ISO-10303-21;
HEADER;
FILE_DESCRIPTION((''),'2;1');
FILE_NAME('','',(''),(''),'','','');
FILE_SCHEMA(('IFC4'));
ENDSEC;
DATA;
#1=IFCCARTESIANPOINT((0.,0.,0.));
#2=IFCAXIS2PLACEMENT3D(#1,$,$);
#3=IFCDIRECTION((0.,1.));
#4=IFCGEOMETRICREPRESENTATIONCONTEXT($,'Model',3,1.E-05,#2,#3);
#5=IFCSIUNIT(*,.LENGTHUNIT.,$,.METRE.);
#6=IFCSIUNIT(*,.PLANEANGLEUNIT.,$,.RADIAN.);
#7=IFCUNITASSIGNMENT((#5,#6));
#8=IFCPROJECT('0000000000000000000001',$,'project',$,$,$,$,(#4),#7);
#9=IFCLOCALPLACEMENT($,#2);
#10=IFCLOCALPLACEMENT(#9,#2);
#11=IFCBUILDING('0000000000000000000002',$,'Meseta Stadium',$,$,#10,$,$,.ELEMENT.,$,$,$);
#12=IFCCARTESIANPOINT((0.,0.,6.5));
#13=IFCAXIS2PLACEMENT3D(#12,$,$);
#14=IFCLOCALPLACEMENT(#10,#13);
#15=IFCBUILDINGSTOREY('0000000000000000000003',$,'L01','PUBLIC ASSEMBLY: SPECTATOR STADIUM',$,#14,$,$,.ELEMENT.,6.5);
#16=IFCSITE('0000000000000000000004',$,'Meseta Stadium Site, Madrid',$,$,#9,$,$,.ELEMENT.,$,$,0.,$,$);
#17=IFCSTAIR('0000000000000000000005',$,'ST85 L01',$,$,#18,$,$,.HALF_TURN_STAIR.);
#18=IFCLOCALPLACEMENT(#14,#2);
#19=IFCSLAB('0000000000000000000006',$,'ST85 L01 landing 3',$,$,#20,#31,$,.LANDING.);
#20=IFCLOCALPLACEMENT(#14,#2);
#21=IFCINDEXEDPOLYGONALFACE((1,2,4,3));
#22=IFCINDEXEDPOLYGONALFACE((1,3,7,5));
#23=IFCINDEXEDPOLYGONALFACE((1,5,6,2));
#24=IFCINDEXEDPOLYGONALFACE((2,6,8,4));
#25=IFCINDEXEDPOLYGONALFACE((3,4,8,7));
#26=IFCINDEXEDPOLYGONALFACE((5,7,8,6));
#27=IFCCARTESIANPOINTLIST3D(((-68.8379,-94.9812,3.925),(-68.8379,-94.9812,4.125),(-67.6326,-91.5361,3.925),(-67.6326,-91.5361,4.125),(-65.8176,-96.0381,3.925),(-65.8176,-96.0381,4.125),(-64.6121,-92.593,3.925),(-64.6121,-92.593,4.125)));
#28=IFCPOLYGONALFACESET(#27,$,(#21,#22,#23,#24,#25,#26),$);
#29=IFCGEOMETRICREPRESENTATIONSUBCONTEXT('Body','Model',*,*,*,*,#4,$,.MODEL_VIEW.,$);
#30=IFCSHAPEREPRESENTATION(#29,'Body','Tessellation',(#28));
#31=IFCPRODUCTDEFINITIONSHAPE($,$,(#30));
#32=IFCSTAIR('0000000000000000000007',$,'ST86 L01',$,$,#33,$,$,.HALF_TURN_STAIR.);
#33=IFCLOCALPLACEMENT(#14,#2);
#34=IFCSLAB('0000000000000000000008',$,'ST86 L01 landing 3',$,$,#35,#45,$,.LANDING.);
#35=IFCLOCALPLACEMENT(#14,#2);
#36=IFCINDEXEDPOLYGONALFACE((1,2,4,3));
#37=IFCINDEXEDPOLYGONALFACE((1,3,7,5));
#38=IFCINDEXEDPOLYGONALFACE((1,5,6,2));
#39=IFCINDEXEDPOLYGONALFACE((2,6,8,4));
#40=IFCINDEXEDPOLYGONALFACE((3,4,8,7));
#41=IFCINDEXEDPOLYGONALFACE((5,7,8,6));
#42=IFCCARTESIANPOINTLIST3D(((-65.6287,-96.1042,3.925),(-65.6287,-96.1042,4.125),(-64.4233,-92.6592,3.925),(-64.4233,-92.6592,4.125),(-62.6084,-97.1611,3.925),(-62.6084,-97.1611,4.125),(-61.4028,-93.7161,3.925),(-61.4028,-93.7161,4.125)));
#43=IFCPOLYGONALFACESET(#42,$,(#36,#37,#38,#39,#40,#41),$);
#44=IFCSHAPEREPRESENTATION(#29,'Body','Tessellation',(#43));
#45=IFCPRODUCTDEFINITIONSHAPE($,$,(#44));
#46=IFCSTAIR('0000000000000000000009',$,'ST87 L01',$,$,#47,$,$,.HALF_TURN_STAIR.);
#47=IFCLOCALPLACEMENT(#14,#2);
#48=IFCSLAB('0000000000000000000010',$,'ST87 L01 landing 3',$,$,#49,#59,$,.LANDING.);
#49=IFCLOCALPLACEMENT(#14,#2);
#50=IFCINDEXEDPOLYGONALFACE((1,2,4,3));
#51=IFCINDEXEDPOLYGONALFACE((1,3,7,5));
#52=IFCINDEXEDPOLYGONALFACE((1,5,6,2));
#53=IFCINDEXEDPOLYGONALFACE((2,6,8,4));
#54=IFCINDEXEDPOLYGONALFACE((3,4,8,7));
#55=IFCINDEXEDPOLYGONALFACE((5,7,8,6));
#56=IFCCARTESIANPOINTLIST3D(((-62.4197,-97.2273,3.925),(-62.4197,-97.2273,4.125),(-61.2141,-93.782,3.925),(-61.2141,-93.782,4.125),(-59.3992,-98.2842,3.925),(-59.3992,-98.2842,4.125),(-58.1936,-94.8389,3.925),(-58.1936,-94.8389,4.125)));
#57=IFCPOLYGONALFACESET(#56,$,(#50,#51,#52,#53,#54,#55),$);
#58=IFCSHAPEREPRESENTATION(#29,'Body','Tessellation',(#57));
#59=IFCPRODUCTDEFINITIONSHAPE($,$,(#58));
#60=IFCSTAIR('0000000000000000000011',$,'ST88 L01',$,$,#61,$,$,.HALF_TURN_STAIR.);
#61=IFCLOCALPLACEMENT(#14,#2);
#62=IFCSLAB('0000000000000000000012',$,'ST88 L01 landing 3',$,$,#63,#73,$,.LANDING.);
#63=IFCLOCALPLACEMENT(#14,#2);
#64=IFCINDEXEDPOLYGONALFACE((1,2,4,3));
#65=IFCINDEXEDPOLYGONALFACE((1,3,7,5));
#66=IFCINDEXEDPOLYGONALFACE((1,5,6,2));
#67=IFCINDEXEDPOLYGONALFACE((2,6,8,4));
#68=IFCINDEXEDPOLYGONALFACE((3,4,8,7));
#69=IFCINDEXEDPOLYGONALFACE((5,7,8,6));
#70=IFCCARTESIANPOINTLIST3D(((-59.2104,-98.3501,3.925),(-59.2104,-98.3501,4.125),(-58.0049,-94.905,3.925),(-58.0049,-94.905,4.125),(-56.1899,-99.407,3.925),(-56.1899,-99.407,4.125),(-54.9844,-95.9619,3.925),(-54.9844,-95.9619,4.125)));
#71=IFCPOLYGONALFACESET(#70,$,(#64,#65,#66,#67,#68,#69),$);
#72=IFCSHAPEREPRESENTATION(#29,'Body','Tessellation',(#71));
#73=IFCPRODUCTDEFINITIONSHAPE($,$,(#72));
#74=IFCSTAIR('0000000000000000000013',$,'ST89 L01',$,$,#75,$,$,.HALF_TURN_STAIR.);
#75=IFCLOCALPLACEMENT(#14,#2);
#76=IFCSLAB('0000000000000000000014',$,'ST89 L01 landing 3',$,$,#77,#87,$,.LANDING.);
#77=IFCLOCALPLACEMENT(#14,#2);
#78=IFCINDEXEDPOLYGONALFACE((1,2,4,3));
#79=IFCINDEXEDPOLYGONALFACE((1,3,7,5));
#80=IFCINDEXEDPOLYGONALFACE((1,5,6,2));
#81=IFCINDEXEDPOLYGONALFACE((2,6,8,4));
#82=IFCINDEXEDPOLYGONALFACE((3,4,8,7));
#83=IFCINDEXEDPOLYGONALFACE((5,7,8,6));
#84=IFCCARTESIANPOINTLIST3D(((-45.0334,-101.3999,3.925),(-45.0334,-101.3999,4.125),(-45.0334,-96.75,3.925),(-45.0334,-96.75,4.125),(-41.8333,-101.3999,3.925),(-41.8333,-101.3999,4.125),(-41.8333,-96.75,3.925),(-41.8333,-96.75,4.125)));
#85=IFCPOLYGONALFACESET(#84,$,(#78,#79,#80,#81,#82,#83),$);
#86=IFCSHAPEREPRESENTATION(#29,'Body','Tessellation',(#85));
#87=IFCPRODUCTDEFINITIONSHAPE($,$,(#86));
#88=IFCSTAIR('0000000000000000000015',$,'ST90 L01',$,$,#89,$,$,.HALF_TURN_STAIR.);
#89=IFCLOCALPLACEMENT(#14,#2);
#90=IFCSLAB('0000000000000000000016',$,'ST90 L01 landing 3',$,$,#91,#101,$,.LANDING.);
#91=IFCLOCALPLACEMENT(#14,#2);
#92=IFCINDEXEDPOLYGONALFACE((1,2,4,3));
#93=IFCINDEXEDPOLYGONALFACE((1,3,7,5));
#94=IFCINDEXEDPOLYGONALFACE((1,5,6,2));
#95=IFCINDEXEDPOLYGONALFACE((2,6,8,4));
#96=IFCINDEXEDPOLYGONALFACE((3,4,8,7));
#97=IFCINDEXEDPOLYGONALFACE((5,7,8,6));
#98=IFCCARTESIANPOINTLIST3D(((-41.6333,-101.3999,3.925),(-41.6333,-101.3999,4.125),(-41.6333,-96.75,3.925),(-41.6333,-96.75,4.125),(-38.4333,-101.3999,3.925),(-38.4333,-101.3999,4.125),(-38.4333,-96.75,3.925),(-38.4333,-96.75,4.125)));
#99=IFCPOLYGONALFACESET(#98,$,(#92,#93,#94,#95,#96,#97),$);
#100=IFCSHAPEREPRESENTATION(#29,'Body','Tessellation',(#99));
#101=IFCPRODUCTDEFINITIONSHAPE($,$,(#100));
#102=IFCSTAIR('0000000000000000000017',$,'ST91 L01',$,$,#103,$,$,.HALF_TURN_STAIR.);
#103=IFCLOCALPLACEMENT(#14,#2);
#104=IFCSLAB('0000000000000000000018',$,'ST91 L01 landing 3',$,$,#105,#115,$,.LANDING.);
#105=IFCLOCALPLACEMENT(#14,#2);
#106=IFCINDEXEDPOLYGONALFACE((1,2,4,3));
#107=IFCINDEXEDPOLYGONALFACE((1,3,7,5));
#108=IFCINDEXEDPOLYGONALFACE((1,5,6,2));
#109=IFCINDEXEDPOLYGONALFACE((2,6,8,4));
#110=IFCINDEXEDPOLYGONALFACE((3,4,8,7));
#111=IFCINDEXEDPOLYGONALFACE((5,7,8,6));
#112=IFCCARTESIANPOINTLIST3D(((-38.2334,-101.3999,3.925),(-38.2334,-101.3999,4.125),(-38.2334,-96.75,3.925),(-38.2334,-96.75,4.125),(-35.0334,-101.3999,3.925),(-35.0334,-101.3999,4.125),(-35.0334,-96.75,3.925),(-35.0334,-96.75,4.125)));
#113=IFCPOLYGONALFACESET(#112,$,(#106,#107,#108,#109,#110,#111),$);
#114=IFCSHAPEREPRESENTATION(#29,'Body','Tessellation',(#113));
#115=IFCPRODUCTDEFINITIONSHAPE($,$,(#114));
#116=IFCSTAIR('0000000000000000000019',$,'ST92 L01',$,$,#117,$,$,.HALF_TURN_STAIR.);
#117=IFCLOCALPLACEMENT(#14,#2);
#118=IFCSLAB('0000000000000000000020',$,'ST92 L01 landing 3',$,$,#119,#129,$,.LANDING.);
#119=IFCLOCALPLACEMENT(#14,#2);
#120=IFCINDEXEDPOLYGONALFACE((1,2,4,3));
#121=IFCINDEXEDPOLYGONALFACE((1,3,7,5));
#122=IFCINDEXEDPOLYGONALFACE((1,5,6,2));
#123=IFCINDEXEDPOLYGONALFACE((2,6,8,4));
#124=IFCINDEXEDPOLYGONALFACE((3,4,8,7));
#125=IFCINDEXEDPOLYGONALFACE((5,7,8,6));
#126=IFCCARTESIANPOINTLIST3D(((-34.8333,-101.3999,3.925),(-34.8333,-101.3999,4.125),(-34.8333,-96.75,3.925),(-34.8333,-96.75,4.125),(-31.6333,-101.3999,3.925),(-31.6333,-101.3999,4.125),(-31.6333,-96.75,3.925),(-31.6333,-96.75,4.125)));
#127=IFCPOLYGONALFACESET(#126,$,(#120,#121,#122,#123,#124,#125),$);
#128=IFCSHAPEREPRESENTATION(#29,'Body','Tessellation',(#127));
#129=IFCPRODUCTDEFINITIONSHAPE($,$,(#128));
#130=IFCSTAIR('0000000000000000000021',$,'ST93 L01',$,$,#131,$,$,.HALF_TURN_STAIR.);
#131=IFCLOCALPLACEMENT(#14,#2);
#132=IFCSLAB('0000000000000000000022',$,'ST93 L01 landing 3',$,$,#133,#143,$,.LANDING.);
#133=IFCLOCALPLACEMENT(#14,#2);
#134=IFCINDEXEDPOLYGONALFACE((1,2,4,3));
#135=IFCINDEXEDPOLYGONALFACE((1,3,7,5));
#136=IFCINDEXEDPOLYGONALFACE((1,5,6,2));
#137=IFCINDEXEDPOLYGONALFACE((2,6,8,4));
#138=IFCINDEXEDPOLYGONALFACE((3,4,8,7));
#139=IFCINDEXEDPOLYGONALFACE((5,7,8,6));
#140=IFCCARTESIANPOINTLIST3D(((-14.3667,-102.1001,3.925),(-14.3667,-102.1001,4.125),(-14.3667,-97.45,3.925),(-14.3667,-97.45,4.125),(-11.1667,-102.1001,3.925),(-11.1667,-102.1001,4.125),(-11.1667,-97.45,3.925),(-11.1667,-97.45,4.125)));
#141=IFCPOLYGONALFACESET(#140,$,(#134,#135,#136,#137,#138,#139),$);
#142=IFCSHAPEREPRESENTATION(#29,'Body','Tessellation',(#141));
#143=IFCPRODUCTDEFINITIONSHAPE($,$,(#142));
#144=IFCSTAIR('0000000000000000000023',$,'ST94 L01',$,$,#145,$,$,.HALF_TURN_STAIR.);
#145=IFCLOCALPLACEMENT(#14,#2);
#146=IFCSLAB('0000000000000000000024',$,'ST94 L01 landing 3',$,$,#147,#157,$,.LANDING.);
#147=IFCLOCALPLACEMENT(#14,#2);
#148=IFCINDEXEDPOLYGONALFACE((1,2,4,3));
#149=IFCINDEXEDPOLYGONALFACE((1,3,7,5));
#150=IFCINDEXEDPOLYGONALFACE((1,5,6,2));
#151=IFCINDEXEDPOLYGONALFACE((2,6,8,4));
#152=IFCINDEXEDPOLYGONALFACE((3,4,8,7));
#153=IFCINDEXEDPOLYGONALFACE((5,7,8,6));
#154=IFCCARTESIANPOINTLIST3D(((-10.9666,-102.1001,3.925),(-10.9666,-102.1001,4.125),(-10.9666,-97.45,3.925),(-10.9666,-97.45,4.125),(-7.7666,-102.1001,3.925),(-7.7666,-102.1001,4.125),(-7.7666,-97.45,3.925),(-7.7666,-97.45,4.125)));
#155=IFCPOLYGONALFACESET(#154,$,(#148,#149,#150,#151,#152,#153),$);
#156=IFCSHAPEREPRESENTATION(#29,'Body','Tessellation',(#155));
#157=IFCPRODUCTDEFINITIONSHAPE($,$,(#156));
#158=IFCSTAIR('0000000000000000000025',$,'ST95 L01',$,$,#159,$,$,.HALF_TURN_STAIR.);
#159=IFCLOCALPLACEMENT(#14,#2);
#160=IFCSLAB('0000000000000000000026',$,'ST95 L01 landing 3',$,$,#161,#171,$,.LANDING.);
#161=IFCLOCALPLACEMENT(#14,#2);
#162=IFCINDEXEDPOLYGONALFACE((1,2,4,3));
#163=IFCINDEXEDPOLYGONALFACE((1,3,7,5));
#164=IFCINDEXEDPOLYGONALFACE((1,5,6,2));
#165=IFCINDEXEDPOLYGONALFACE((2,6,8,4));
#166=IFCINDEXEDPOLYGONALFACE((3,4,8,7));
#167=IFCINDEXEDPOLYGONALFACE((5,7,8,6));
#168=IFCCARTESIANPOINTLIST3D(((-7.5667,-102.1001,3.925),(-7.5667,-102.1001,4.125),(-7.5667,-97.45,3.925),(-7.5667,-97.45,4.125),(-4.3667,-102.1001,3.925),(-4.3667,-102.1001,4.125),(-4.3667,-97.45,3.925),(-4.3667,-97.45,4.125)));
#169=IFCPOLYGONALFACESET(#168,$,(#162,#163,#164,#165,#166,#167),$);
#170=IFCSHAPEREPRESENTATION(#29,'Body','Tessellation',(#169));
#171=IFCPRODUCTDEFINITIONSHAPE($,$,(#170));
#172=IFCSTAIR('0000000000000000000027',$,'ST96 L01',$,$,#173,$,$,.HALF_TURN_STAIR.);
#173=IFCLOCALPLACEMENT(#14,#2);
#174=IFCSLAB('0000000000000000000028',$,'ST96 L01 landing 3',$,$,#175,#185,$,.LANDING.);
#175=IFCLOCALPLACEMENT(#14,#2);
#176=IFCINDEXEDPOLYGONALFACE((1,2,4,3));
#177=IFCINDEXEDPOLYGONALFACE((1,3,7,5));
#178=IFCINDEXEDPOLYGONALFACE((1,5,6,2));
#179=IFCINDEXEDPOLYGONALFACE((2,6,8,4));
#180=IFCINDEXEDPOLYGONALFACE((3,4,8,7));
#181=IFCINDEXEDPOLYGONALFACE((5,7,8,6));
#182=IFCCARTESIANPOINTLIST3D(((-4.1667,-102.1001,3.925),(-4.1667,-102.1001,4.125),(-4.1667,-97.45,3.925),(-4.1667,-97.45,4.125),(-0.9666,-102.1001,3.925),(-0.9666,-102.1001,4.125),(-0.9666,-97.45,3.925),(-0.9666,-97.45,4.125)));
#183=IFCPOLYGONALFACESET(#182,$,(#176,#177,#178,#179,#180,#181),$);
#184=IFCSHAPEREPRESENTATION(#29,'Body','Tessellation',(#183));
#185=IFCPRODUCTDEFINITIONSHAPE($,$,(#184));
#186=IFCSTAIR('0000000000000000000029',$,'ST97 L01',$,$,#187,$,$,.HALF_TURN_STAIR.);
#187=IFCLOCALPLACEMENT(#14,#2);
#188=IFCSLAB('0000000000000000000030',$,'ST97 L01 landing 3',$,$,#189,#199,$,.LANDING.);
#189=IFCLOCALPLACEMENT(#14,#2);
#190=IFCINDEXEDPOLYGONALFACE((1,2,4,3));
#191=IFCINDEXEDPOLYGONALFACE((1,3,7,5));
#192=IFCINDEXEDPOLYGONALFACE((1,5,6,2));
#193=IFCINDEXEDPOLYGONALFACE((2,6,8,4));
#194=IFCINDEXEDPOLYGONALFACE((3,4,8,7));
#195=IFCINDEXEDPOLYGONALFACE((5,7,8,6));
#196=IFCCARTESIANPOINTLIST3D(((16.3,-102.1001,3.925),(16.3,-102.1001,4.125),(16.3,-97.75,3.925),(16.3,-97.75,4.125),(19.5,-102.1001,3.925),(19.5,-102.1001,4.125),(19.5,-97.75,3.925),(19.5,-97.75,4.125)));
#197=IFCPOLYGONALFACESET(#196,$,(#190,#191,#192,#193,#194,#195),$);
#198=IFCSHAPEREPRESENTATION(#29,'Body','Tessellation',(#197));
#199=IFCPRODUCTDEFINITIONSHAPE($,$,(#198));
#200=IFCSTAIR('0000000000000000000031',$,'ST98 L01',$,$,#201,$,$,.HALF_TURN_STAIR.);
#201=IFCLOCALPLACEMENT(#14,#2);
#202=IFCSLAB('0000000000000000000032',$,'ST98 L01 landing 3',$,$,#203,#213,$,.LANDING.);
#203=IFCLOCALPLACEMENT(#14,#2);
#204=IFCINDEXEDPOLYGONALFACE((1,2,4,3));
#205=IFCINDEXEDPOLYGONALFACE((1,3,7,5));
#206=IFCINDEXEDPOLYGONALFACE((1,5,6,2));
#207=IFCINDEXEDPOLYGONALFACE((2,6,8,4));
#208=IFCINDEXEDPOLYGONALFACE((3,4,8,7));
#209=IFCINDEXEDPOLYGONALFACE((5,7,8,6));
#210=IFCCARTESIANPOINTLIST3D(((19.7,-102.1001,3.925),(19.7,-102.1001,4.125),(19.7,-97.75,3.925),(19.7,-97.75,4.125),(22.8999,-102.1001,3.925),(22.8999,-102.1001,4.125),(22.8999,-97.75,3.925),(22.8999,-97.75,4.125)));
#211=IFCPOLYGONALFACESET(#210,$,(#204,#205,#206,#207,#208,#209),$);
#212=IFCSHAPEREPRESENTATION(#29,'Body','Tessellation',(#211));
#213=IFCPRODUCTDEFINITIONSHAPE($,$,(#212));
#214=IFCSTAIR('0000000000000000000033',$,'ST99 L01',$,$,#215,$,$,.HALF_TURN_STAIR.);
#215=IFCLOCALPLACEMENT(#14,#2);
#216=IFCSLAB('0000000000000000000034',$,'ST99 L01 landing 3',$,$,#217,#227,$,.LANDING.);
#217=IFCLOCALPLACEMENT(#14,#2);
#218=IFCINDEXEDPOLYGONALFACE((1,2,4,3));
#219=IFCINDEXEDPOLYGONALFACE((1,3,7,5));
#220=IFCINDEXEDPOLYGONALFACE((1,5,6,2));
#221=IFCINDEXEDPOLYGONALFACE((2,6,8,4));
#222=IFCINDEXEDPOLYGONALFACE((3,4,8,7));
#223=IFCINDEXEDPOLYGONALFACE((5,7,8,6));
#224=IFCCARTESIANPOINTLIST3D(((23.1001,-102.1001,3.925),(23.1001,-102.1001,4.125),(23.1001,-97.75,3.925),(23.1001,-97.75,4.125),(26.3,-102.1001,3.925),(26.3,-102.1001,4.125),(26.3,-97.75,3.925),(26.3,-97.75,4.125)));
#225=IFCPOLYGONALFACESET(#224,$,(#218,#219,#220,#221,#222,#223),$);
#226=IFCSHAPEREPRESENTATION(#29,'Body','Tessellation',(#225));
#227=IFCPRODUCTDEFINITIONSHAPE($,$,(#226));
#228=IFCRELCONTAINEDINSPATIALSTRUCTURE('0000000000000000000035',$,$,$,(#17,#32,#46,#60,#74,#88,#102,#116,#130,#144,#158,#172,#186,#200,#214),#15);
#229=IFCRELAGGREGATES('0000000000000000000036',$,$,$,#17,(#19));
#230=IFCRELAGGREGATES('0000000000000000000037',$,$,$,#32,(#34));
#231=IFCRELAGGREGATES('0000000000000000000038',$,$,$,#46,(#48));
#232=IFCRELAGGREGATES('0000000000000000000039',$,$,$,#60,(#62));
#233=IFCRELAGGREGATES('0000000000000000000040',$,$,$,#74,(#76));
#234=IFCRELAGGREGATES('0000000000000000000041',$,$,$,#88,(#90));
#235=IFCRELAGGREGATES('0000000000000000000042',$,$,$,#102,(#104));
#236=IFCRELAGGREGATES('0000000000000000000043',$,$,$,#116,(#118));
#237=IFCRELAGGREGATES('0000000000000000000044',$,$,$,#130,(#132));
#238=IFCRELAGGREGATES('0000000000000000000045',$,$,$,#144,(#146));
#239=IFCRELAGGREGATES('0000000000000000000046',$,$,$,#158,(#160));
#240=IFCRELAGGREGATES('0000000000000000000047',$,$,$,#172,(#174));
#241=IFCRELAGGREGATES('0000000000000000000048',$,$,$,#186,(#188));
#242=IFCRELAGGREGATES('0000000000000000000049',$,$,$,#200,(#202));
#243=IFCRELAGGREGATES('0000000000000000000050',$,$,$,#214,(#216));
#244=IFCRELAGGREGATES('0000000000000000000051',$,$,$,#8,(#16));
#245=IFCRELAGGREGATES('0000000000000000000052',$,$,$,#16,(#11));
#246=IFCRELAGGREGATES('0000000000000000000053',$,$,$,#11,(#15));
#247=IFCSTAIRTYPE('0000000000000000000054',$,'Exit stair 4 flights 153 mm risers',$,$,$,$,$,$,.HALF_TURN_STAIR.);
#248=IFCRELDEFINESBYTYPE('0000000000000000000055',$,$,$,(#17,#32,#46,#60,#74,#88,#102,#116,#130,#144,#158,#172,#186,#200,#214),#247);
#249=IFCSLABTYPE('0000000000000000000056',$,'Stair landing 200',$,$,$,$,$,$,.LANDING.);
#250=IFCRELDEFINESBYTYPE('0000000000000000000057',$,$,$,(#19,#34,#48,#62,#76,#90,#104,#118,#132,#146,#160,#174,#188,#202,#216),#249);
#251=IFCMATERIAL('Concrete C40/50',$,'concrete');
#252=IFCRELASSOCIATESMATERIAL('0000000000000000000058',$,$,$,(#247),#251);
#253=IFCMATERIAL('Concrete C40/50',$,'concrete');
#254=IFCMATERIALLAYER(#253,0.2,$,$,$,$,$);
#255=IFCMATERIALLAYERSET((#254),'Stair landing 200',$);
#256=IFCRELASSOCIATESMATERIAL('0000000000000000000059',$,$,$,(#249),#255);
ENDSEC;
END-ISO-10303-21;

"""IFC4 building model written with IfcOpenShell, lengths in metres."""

from ifc_helpers import new_model, si_unit, direction, frame, origin, place, context, subcontext, project, spatial, polyline, outline, extrude, material, layer, layer_set, type_object, element, aggregate, save


model = new_model("IFC4")

# Units and contexts
model_context = context("Model", 3, precision=1e-05, world=origin(), true_north=direction((0.0, 1.0)))
body_context = subcontext(model_context, "Body", "Model", "MODEL_VIEW")
ifc_project = project(units=[si_unit("LENGTHUNIT", "METRE"), si_unit("PLANEANGLEUNIT", "RADIAN")], contexts=[model_context])

# Site, building, storey
site_placement = place(None, origin())
site = spatial("IfcSite", under=ifc_project, at=site_placement, Name="Meseta Stadium Site, Madrid", CompositionType="ELEMENT", RefElevation=0.0)
building_placement = place(site_placement, origin())
building = spatial("IfcBuilding", under=site, at=building_placement, Name="Meseta Stadium", CompositionType="ELEMENT")
storey_placement = place(building_placement, frame((0.0, 0.0, 6.5)))
storey = spatial("IfcBuildingStorey", under=building, at=storey_placement, Name="L01", Description="PUBLIC ASSEMBLY: SPECTATOR STADIUM", CompositionType="ELEMENT", Elevation=6.5)

# Stairs, slabs
ifc_material_1 = material(Name="Concrete C40/50", Category="concrete")
stair_type = type_object("IfcStairType", Name="Exit stair 4 flights 153 mm risers", PredefinedType="HALF_TURN_STAIR", material=ifc_material_1)
stair_1_placement = place(storey_placement, origin())
stair_1 = element("IfcStair", 1, at=stair_1_placement, inside=storey, type_object=stair_type, Name="ST85 L01", PredefinedType="HALF_TURN_STAIR")
ifc_material_2 = material(Name="Concrete C40/50", Category="concrete")
ifc_layer = layer(ifc_material_2, 0.2)
ifc_layer_set = layer_set([ifc_layer], Name="Stair landing 200")
slab_type = type_object("IfcSlabType", Name="Stair landing 200", PredefinedType="LANDING", material=ifc_layer_set)
slab_1_placement = place(storey_placement, frame((0.0, 0.0, 3.925)))
slab_1 = element("IfcSlab", 2, at=slab_1_placement, type_object=slab_type, Name="ST85 L01 landing 3", PredefinedType="LANDING", context=body_context, shape_type="SweptSolid", body=[
    extrude(outline(polyline([(-67.6326, -91.5361), (-68.8379, -94.9812), (-65.8176, -96.0381), (-64.6121, -92.593), (-67.6326, -91.5361)])), origin(), (0.0, 0.0, 1.0), 0.2),
])
aggregate(stair_1, [slab_1])
stair_2_placement = place(storey_placement, origin())
stair_2 = element("IfcStair", 3, at=stair_2_placement, inside=storey, type_object=stair_type, Name="ST86 L01", PredefinedType="HALF_TURN_STAIR")
slab_2_placement = place(storey_placement, frame((0.0, 0.0, 3.925)))
slab_2 = element("IfcSlab", 4, at=slab_2_placement, type_object=slab_type, Name="ST86 L01 landing 3", PredefinedType="LANDING", context=body_context, shape_type="SweptSolid", body=[
    extrude(outline(polyline([(-64.4233, -92.6592), (-65.6287, -96.1042), (-62.6084, -97.1611), (-61.4028, -93.7161), (-64.4233, -92.6592)])), origin(), (0.0, 0.0, 1.0), 0.2),
])
aggregate(stair_2, [slab_2])
stair_3_placement = place(storey_placement, origin())
stair_3 = element("IfcStair", 5, at=stair_3_placement, inside=storey, type_object=stair_type, Name="ST87 L01", PredefinedType="HALF_TURN_STAIR")
slab_3_placement = place(storey_placement, frame((0.0, 0.0, 3.925)))
slab_3 = element("IfcSlab", 6, at=slab_3_placement, type_object=slab_type, Name="ST87 L01 landing 3", PredefinedType="LANDING", context=body_context, shape_type="SweptSolid", body=[
    extrude(outline(polyline([(-61.2141, -93.782), (-62.4197, -97.2273), (-59.3992, -98.2842), (-58.1936, -94.8389), (-61.2141, -93.782)])), origin(), (0.0, 0.0, 1.0), 0.2),
])
aggregate(stair_3, [slab_3])
stair_4_placement = place(storey_placement, origin())
stair_4 = element("IfcStair", 7, at=stair_4_placement, inside=storey, type_object=stair_type, Name="ST88 L01", PredefinedType="HALF_TURN_STAIR")
slab_4_placement = place(storey_placement, frame((0.0, 0.0, 3.925)))
slab_4 = element("IfcSlab", 8, at=slab_4_placement, type_object=slab_type, Name="ST88 L01 landing 3", PredefinedType="LANDING", context=body_context, shape_type="SweptSolid", body=[
    extrude(outline(polyline([(-58.0049, -94.905), (-59.2104, -98.3501), (-56.1899, -99.407), (-54.9844, -95.9619), (-58.0049, -94.905)])), origin(), (0.0, 0.0, 1.0), 0.2),
])
aggregate(stair_4, [slab_4])
stair_5_placement = place(storey_placement, origin())
stair_5 = element("IfcStair", 9, at=stair_5_placement, inside=storey, type_object=stair_type, Name="ST89 L01", PredefinedType="HALF_TURN_STAIR")
slab_5_placement = place(storey_placement, frame((0.0, 0.0, 3.925)))
slab_5 = element("IfcSlab", 10, at=slab_5_placement, type_object=slab_type, Name="ST89 L01 landing 3", PredefinedType="LANDING", context=body_context, shape_type="SweptSolid", body=[
    extrude(outline(polyline([(-45.0334, -96.75), (-45.0334, -101.3999), (-41.8333, -101.3999), (-41.8333, -96.75), (-45.0334, -96.75)])), origin(), (0.0, 0.0, 1.0), 0.2),
])
aggregate(stair_5, [slab_5])
stair_6_placement = place(storey_placement, origin())
stair_6 = element("IfcStair", 11, at=stair_6_placement, inside=storey, type_object=stair_type, Name="ST90 L01", PredefinedType="HALF_TURN_STAIR")
slab_6_placement = place(storey_placement, frame((0.0, 0.0, 3.925)))
slab_6 = element("IfcSlab", 12, at=slab_6_placement, type_object=slab_type, Name="ST90 L01 landing 3", PredefinedType="LANDING", context=body_context, shape_type="SweptSolid", body=[
    extrude(outline(polyline([(-41.6333, -96.75), (-41.6333, -101.3999), (-38.4333, -101.3999), (-38.4333, -96.75), (-41.6333, -96.75)])), origin(), (0.0, 0.0, 1.0), 0.2),
])
aggregate(stair_6, [slab_6])
stair_7_placement = place(storey_placement, origin())
stair_7 = element("IfcStair", 13, at=stair_7_placement, inside=storey, type_object=stair_type, Name="ST91 L01", PredefinedType="HALF_TURN_STAIR")
slab_7_placement = place(storey_placement, frame((0.0, 0.0, 3.925)))
slab_7 = element("IfcSlab", 14, at=slab_7_placement, type_object=slab_type, Name="ST91 L01 landing 3", PredefinedType="LANDING", context=body_context, shape_type="SweptSolid", body=[
    extrude(outline(polyline([(-38.2334, -96.75), (-38.2334, -101.3999), (-35.0334, -101.3999), (-35.0334, -96.75), (-38.2334, -96.75)])), origin(), (0.0, 0.0, 1.0), 0.2),
])
aggregate(stair_7, [slab_7])
stair_8_placement = place(storey_placement, origin())
stair_8 = element("IfcStair", 15, at=stair_8_placement, inside=storey, type_object=stair_type, Name="ST92 L01", PredefinedType="HALF_TURN_STAIR")
slab_8_placement = place(storey_placement, frame((0.0, 0.0, 3.925)))
slab_8 = element("IfcSlab", 16, at=slab_8_placement, type_object=slab_type, Name="ST92 L01 landing 3", PredefinedType="LANDING", context=body_context, shape_type="SweptSolid", body=[
    extrude(outline(polyline([(-34.8333, -96.75), (-34.8333, -101.3999), (-31.6333, -101.3999), (-31.6333, -96.75), (-34.8333, -96.75)])), origin(), (0.0, 0.0, 1.0), 0.2),
])
aggregate(stair_8, [slab_8])
stair_9_placement = place(storey_placement, origin())
stair_9 = element("IfcStair", 17, at=stair_9_placement, inside=storey, type_object=stair_type, Name="ST93 L01", PredefinedType="HALF_TURN_STAIR")
slab_9_placement = place(storey_placement, frame((0.0, 0.0, 3.925)))
slab_9 = element("IfcSlab", 18, at=slab_9_placement, type_object=slab_type, Name="ST93 L01 landing 3", PredefinedType="LANDING", context=body_context, shape_type="SweptSolid", body=[
    extrude(outline(polyline([(-14.3667, -97.45), (-14.3667, -102.1001), (-11.1667, -102.1001), (-11.1667, -97.45), (-14.3667, -97.45)])), origin(), (0.0, 0.0, 1.0), 0.2),
])
aggregate(stair_9, [slab_9])
stair_10_placement = place(storey_placement, origin())
stair_10 = element("IfcStair", 19, at=stair_10_placement, inside=storey, type_object=stair_type, Name="ST94 L01", PredefinedType="HALF_TURN_STAIR")
slab_10_placement = place(storey_placement, frame((0.0, 0.0, 3.925)))
slab_10 = element("IfcSlab", 20, at=slab_10_placement, type_object=slab_type, Name="ST94 L01 landing 3", PredefinedType="LANDING", context=body_context, shape_type="SweptSolid", body=[
    extrude(outline(polyline([(-10.9666, -97.45), (-10.9666, -102.1001), (-7.7666, -102.1001), (-7.7666, -97.45), (-10.9666, -97.45)])), origin(), (0.0, 0.0, 1.0), 0.2),
])
aggregate(stair_10, [slab_10])
stair_11_placement = place(storey_placement, origin())
stair_11 = element("IfcStair", 21, at=stair_11_placement, inside=storey, type_object=stair_type, Name="ST95 L01", PredefinedType="HALF_TURN_STAIR")
slab_11_placement = place(storey_placement, frame((0.0, 0.0, 3.925)))
slab_11 = element("IfcSlab", 22, at=slab_11_placement, type_object=slab_type, Name="ST95 L01 landing 3", PredefinedType="LANDING", context=body_context, shape_type="SweptSolid", body=[
    extrude(outline(polyline([(-7.5667, -97.45), (-7.5667, -102.1001), (-4.3667, -102.1001), (-4.3667, -97.45), (-7.5667, -97.45)])), origin(), (0.0, 0.0, 1.0), 0.2),
])
aggregate(stair_11, [slab_11])
stair_12_placement = place(storey_placement, origin())
stair_12 = element("IfcStair", 23, at=stair_12_placement, inside=storey, type_object=stair_type, Name="ST96 L01", PredefinedType="HALF_TURN_STAIR")
slab_12_placement = place(storey_placement, frame((0.0, 0.0, 3.925)))
slab_12 = element("IfcSlab", 24, at=slab_12_placement, type_object=slab_type, Name="ST96 L01 landing 3", PredefinedType="LANDING", context=body_context, shape_type="SweptSolid", body=[
    extrude(outline(polyline([(-4.1667, -97.45), (-4.1667, -102.1001), (-0.9666, -102.1001), (-0.9666, -97.45), (-4.1667, -97.45)])), origin(), (0.0, 0.0, 1.0), 0.2),
])
aggregate(stair_12, [slab_12])
stair_13_placement = place(storey_placement, origin())
stair_13 = element("IfcStair", 25, at=stair_13_placement, inside=storey, type_object=stair_type, Name="ST97 L01", PredefinedType="HALF_TURN_STAIR")
slab_13_placement = place(storey_placement, frame((0.0, 0.0, 3.925)))
slab_13 = element("IfcSlab", 26, at=slab_13_placement, type_object=slab_type, Name="ST97 L01 landing 3", PredefinedType="LANDING", context=body_context, shape_type="SweptSolid", body=[
    extrude(outline(polyline([(16.3, -97.75), (16.3, -102.1001), (19.5, -102.1001), (19.5, -97.75), (16.3, -97.75)])), origin(), (0.0, 0.0, 1.0), 0.2),
])
aggregate(stair_13, [slab_13])
stair_14_placement = place(storey_placement, origin())
stair_14 = element("IfcStair", 27, at=stair_14_placement, inside=storey, type_object=stair_type, Name="ST98 L01", PredefinedType="HALF_TURN_STAIR")
slab_14_placement = place(storey_placement, frame((0.0, 0.0, 3.925)))
slab_14 = element("IfcSlab", 28, at=slab_14_placement, type_object=slab_type, Name="ST98 L01 landing 3", PredefinedType="LANDING", context=body_context, shape_type="SweptSolid", body=[
    extrude(outline(polyline([(19.7, -97.75), (19.7, -102.1001), (22.8999, -102.1001), (22.8999, -97.75), (19.7, -97.75)])), origin(), (0.0, 0.0, 1.0), 0.2),
])
aggregate(stair_14, [slab_14])
stair_15_placement = place(storey_placement, origin())
stair_15 = element("IfcStair", 29, at=stair_15_placement, inside=storey, type_object=stair_type, Name="ST99 L01", PredefinedType="HALF_TURN_STAIR")
slab_15_placement = place(storey_placement, frame((0.0, 0.0, 3.925)))
slab_15 = element("IfcSlab", 30, at=slab_15_placement, type_object=slab_type, Name="ST99 L01 landing 3", PredefinedType="LANDING", context=body_context, shape_type="SweptSolid", body=[
    extrude(outline(polyline([(23.1001, -97.75), (23.1001, -102.1001), (26.3, -102.1001), (26.3, -97.75), (23.1001, -97.75)])), origin(), (0.0, 0.0, 1.0), 0.2),
])
aggregate(stair_15, [slab_15])

save(model, "model.ifc")
